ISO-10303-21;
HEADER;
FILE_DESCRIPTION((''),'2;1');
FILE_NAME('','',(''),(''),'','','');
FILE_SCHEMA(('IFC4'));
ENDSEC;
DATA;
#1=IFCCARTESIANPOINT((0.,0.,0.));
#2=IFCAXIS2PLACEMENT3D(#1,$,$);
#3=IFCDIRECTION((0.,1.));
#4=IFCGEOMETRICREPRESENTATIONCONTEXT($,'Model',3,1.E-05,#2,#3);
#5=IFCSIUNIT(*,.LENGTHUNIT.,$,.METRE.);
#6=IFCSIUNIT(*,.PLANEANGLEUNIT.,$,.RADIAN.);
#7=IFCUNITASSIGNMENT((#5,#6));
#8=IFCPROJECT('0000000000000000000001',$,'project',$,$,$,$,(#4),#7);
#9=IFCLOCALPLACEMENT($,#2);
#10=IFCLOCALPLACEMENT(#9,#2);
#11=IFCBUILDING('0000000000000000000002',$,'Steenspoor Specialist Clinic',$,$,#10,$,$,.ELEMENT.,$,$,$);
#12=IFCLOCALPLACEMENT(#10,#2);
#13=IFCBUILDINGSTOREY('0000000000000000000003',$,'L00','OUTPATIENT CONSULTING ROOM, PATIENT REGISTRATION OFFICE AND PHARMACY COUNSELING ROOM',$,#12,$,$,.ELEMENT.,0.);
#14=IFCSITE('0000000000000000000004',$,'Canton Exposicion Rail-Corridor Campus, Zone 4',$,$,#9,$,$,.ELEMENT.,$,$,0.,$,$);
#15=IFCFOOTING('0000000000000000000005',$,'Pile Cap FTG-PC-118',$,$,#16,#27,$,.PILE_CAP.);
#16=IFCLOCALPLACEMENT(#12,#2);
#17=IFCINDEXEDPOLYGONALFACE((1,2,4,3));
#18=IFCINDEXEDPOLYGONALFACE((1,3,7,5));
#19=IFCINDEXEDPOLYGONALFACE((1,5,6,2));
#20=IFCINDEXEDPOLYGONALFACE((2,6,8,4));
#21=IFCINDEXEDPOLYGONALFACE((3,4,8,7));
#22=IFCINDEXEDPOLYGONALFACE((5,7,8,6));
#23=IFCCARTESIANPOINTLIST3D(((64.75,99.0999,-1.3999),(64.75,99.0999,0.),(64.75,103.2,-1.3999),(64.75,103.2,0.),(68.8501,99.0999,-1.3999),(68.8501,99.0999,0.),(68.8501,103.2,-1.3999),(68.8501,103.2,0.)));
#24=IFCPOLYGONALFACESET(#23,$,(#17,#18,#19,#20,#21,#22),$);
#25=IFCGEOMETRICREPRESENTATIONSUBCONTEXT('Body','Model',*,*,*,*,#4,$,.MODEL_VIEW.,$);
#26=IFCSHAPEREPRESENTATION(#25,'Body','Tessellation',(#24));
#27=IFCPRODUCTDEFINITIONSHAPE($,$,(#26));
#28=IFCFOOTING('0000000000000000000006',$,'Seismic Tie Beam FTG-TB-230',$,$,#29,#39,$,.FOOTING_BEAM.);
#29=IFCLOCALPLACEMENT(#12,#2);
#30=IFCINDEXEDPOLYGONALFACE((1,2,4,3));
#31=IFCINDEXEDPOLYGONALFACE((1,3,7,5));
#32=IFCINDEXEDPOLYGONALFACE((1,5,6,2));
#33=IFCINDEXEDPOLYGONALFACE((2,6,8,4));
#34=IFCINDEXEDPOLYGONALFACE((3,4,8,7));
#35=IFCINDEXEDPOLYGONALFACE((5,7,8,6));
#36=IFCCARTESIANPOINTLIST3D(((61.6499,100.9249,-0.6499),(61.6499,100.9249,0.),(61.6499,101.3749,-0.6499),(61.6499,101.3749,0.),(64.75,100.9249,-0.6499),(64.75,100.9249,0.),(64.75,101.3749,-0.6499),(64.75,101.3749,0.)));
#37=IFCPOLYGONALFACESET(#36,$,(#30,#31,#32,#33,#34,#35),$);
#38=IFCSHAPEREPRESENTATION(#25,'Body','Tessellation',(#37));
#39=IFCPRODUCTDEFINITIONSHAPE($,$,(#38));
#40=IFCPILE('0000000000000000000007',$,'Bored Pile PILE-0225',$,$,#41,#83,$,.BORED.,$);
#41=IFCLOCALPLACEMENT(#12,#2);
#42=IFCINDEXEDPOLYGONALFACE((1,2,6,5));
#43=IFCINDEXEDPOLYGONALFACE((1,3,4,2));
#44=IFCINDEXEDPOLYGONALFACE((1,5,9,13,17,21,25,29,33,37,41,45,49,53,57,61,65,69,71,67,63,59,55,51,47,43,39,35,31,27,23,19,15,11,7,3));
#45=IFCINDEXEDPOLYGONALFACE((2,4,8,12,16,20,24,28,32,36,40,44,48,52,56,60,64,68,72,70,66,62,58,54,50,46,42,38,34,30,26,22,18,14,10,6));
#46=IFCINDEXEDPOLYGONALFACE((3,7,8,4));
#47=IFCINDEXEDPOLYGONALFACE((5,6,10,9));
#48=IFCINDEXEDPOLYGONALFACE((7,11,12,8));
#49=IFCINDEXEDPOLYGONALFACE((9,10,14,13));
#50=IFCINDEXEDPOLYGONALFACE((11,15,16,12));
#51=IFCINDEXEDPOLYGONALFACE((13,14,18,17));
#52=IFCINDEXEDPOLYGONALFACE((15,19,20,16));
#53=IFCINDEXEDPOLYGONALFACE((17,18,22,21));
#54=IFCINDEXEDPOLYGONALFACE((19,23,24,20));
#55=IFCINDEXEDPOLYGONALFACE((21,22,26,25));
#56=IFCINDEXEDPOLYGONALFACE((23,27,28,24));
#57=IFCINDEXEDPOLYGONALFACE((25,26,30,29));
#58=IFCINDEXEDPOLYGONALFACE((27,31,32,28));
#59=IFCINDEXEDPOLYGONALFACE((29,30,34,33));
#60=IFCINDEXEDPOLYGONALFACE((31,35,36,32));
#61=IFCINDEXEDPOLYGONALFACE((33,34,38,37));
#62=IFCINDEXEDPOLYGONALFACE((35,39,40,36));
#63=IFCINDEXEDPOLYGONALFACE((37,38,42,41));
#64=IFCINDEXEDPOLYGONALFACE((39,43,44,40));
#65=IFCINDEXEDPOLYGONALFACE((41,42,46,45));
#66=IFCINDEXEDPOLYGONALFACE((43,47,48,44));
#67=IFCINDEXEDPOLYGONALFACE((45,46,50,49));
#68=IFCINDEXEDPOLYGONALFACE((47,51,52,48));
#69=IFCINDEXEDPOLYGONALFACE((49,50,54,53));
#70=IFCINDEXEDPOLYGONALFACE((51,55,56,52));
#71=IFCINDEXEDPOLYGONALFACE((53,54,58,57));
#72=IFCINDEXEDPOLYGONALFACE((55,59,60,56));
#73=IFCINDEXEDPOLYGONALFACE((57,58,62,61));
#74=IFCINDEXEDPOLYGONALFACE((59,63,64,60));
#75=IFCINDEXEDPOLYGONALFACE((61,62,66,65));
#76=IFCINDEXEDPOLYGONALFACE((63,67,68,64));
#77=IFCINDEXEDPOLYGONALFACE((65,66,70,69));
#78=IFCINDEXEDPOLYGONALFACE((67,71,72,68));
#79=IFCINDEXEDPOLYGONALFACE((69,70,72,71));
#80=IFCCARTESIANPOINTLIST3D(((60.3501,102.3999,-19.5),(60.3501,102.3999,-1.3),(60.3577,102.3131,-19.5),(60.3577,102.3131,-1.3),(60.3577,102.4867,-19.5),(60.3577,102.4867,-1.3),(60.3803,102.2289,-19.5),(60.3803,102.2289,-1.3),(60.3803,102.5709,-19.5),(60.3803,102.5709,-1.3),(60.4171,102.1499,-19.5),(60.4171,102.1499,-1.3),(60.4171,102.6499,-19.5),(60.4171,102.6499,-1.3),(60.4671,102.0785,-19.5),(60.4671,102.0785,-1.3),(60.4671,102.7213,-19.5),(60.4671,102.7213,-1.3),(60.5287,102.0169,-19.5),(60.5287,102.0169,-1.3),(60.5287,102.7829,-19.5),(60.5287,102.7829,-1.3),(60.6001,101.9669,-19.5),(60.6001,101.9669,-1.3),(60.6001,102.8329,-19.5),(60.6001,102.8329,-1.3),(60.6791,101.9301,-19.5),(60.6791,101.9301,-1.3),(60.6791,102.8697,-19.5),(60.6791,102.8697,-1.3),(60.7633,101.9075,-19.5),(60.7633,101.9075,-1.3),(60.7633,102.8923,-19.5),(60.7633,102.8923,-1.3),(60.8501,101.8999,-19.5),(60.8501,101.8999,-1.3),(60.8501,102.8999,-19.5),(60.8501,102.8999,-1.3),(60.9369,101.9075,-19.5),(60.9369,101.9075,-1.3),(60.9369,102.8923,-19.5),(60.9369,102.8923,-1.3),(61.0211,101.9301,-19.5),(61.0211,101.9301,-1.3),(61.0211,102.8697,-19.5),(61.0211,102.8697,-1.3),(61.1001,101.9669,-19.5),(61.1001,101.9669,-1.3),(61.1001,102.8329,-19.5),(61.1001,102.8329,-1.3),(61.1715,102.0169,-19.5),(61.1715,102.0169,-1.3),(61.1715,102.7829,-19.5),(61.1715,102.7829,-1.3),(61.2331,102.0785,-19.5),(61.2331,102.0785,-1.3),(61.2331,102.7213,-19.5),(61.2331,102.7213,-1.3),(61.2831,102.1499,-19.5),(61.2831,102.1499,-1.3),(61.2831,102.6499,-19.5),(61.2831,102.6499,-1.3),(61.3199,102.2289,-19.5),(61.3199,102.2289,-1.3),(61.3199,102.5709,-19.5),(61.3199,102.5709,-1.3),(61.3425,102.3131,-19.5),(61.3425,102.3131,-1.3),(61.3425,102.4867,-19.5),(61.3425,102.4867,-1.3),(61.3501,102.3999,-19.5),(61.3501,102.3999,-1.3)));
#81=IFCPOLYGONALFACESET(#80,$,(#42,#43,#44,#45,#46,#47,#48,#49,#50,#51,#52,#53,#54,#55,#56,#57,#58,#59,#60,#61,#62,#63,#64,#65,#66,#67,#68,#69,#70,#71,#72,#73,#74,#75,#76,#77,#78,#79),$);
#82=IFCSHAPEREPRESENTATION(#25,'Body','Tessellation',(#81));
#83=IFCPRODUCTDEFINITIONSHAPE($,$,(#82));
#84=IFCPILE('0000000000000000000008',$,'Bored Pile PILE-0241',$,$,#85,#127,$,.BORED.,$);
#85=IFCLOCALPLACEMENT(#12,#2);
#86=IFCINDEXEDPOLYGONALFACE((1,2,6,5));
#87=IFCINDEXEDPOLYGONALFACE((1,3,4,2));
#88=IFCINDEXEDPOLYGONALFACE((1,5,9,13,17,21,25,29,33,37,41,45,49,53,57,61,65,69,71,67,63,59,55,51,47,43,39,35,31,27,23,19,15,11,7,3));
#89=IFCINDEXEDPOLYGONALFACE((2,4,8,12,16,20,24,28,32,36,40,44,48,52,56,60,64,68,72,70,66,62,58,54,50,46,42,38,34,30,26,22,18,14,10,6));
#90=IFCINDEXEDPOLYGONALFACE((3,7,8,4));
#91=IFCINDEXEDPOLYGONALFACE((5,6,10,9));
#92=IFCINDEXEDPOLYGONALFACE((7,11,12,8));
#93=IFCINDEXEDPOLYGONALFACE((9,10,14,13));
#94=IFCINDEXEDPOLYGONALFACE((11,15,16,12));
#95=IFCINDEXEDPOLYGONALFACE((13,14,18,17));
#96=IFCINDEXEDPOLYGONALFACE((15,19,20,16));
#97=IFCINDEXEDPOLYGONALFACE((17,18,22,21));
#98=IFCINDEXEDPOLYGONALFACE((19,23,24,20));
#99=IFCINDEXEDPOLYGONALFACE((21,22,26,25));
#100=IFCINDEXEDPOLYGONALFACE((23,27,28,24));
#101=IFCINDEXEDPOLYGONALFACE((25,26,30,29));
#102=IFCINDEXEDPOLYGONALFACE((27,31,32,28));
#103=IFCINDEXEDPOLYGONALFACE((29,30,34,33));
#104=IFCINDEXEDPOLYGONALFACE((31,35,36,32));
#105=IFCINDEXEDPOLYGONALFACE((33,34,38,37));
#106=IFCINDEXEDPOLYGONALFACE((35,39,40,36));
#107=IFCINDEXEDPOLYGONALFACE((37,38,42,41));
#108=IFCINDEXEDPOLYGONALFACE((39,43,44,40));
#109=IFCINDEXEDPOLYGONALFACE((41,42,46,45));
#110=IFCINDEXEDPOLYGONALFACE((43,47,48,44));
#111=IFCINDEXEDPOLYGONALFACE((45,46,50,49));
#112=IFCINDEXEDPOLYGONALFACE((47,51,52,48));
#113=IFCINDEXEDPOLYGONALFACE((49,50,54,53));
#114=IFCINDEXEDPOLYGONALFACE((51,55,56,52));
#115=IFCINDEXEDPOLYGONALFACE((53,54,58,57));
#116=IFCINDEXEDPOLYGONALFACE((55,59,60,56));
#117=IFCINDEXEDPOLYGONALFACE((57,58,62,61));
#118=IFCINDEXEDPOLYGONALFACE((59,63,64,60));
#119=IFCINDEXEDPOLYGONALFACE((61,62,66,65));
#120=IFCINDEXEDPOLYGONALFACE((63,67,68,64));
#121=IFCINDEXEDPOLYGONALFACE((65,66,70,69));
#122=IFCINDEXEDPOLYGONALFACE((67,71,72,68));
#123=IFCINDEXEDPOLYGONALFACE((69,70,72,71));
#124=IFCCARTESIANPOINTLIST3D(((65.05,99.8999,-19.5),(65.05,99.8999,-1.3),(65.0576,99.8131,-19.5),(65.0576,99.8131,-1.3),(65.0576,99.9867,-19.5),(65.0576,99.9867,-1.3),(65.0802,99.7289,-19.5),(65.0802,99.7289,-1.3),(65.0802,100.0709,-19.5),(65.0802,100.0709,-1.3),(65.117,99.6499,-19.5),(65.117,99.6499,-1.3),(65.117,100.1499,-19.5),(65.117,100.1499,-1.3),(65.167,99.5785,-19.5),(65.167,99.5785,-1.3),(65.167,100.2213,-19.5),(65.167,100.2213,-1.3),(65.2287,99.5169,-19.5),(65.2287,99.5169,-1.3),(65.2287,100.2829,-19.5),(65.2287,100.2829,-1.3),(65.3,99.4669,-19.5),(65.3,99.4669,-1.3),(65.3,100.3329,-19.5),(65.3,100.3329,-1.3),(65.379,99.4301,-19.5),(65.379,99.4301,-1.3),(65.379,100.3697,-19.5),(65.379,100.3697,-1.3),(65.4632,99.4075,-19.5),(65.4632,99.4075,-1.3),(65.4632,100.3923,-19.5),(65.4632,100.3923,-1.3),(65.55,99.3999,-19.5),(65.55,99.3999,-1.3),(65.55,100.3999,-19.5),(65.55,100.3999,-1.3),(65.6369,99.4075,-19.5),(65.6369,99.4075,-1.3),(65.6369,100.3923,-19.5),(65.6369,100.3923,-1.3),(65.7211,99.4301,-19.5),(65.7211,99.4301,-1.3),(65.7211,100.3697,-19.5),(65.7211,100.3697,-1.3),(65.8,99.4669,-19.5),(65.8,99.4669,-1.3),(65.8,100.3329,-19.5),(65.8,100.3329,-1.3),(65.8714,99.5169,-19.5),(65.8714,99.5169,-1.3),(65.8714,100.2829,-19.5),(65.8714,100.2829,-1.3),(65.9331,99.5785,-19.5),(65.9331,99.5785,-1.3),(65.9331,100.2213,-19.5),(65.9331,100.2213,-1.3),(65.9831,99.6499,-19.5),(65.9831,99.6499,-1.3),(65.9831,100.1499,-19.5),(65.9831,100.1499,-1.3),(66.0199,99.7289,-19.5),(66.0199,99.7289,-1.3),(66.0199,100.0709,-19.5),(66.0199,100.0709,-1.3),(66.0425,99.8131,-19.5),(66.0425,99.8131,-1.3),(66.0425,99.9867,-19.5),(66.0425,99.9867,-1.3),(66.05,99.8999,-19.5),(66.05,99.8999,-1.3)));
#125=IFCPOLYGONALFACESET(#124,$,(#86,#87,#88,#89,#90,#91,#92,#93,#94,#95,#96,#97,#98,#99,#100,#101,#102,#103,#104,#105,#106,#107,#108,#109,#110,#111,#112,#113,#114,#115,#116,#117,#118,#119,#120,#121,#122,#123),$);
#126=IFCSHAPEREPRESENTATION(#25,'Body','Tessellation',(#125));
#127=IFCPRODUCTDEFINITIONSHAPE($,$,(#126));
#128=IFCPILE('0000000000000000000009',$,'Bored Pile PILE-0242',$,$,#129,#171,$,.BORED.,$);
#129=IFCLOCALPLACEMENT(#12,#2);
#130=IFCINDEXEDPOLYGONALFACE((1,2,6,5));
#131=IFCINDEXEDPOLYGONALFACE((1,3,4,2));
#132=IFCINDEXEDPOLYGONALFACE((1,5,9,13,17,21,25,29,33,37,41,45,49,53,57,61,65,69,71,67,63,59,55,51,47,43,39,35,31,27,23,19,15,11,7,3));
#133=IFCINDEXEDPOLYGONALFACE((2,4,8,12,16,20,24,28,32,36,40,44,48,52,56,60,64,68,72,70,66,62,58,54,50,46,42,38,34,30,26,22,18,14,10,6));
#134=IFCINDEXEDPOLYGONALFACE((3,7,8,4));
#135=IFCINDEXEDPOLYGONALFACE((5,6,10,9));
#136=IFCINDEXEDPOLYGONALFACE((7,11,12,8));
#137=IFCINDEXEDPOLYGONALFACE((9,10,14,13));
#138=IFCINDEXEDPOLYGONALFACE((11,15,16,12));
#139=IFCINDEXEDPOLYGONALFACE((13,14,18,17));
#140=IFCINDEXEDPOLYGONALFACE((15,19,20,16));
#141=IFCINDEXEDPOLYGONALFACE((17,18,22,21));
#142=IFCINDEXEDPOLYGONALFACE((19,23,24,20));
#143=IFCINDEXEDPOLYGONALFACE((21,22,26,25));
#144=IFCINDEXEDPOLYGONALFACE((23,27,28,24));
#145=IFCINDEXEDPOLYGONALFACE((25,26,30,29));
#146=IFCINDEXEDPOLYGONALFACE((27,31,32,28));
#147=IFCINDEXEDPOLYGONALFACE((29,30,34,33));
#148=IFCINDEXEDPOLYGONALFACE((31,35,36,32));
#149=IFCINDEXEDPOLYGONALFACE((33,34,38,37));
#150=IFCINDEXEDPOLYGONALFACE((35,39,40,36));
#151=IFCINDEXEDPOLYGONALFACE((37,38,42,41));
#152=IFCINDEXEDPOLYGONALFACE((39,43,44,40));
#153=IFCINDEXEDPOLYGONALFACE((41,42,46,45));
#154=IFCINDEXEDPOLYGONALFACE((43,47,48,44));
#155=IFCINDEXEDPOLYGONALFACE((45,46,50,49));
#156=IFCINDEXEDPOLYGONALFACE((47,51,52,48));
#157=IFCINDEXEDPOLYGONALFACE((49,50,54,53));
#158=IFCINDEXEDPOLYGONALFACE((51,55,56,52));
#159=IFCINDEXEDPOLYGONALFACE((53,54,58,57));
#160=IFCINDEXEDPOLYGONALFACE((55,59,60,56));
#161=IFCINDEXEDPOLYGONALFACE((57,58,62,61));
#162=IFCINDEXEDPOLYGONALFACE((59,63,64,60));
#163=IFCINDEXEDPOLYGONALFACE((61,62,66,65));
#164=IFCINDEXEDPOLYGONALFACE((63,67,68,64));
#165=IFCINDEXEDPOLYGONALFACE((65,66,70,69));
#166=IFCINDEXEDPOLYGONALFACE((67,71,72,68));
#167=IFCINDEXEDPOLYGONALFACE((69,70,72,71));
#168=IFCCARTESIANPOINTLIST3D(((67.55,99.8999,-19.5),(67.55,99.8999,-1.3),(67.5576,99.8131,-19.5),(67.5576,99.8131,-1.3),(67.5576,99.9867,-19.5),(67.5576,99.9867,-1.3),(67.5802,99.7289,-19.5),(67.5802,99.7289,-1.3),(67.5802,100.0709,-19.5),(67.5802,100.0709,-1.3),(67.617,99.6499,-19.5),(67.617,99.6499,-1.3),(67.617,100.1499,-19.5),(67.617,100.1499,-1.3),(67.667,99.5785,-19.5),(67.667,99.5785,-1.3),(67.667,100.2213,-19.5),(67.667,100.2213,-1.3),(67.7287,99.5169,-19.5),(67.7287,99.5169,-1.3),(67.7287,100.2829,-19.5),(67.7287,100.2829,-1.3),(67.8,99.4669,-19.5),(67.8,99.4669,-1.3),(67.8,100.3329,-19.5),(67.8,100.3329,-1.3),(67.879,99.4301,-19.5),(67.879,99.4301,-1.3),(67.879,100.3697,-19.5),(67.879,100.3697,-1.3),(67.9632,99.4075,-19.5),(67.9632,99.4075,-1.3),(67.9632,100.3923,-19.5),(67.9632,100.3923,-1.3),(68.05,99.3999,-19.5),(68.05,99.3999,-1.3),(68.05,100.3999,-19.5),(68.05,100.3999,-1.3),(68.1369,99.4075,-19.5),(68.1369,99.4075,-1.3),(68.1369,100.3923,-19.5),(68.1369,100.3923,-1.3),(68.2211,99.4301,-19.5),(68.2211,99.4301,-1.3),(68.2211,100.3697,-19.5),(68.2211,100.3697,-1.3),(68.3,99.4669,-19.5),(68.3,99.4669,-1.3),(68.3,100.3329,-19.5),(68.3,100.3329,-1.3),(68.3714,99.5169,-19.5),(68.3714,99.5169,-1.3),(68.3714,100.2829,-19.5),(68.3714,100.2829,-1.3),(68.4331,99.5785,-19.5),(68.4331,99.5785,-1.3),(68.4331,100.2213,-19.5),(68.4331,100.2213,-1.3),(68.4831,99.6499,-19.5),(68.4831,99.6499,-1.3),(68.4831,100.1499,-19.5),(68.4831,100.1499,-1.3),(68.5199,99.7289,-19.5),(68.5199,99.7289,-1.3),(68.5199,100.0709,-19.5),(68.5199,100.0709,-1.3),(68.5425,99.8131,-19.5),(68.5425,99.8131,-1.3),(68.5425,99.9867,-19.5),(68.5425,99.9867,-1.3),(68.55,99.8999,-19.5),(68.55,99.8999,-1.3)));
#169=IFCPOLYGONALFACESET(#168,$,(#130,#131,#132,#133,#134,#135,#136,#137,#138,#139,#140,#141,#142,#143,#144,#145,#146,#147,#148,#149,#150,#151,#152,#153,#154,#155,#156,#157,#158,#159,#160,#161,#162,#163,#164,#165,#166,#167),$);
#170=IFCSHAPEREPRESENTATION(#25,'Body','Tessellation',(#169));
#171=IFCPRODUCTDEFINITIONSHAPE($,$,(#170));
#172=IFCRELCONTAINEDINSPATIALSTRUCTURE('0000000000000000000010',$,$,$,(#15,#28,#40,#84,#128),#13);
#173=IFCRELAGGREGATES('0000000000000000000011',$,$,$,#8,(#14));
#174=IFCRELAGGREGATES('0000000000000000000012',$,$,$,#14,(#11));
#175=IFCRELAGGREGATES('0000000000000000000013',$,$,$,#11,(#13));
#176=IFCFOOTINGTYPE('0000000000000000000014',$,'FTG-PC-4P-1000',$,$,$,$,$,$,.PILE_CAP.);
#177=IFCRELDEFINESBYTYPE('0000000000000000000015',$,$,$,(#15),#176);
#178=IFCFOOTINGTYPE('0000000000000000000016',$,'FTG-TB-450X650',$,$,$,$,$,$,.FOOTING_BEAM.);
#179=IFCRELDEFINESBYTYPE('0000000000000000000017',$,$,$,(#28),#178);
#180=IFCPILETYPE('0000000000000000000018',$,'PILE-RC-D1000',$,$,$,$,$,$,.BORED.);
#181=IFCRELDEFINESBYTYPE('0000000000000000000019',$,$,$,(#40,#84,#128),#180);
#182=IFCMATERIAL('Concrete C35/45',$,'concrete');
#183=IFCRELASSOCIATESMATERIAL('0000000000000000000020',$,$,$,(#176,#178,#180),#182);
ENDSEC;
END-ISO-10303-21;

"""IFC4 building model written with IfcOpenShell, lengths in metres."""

from ifc_helpers import new_model, si_unit, direction, frame, origin, origin_2d, place, context, subcontext, project, spatial, rectangle, circle, extrude, material, material_profile, profile_set, type_object, element, save


model = new_model("IFC4")

# Units and contexts
model_context = context("Model", 3, precision=1e-05, world=origin(), true_north=direction((0.0, 1.0)))
body_context = subcontext(model_context, "Body", "Model", "MODEL_VIEW")
ifc_project = project(units=[si_unit("LENGTHUNIT", "METRE"), si_unit("PLANEANGLEUNIT", "RADIAN")], contexts=[model_context])

# Site, building, storey
site_placement = place(None, origin())
site = spatial("IfcSite", under=ifc_project, at=site_placement, Name="Canton Exposicion Rail-Corridor Campus, Zone 4", CompositionType="ELEMENT", RefElevation=0.0)
building_placement = place(site_placement, origin())
building = spatial("IfcBuilding", under=site, at=building_placement, Name="Steenspoor Specialist Clinic", CompositionType="ELEMENT")
storey_placement = place(building_placement, origin())
storey = spatial("IfcBuildingStorey", under=building, at=storey_placement, Name="L00", Description="OUTPATIENT CONSULTING ROOM, PATIENT REGISTRATION OFFICE AND PHARMACY COUNSELING ROOM", CompositionType="ELEMENT", Elevation=0.0)

# Footings
ifc_material_1 = material(Name="Concrete C35/45", Category="concrete")
footing_type_1 = type_object("IfcFootingType", Name="FTG-PC-4P-1000", PredefinedType="PILE_CAP", material=ifc_material_1)
footing_1_placement = place(storey_placement, frame((66.8, 101.1499, -1.3999), z_axis=(0.0, 0.0, 1.0), x_axis=(1.0, 0.0, 0.0)))
element("IfcFooting", 1, at=footing_1_placement, inside=storey, type_object=footing_type_1, Name="Pile Cap FTG-PC-118", PredefinedType="PILE_CAP", context=body_context, shape_type="SweptSolid", body=[
    extrude(rectangle(XDim=4.1001, YDim=4.1001, at=origin_2d()), origin(), (0.0, 0.0, 1.0), 1.3999),
])
footing_type_2 = type_object("IfcFootingType", Name="FTG-TB-450X650", PredefinedType="FOOTING_BEAM", material=ifc_material_1)
footing_2_placement = place(storey_placement, frame((63.2, 101.1499, -0.6499), z_axis=(0.0, 0.0, 1.0), x_axis=(1.0, 0.0, 0.0)))
element("IfcFooting", 2, at=footing_2_placement, inside=storey, type_object=footing_type_2, Name="Seismic Tie Beam FTG-TB-230", PredefinedType="FOOTING_BEAM", context=body_context, shape_type="SweptSolid", body=[
    extrude(rectangle(XDim=3.1001, YDim=0.45, at=origin_2d()), origin(), (0.0, 0.0, 1.0), 0.6499),
])

# Piles
ifc_material_profile_1 = material_profile(ifc_material_1, circle(Radius=0.5, at=origin_2d()), Name="PILE-D1000")
ifc_profile_set_1 = profile_set([ifc_material_profile_1], Name="Concrete C35/45")
pile_type = type_object("IfcPileType", Name="PILE-RC-D1000", PredefinedType="BORED", material=ifc_profile_set_1)
for number, where, z_axis, x_axis, name in (
    (3, (60.8501, 102.3999, -1.3), (0.0, 0.0, -1.0), (1.0, 0.0, 0.0), "Bored Pile PILE-0225"),
    (4, (65.55, 99.8999, -1.3), (0.0, 0.0, -1.0), (1.0, 0.0, 0.0), "Bored Pile PILE-0241"),
    (5, (68.05, 99.8999, -1.3), (0.0, 0.0, -1.0), (1.0, 0.0, 0.0), "Bored Pile PILE-0242"),
):
    element("IfcPile", number, at=place(storey_placement, frame(where, z_axis=z_axis, x_axis=x_axis)), inside=storey, type_object=pile_type, Name=name, PredefinedType="BORED", context=body_context, shape_type="SweptSolid", body=[
        extrude(circle(Radius=0.5, at=origin_2d()), origin(), (0.0, 0.0, 1.0), 18.2),
    ])

save(model, "model.ifc")
